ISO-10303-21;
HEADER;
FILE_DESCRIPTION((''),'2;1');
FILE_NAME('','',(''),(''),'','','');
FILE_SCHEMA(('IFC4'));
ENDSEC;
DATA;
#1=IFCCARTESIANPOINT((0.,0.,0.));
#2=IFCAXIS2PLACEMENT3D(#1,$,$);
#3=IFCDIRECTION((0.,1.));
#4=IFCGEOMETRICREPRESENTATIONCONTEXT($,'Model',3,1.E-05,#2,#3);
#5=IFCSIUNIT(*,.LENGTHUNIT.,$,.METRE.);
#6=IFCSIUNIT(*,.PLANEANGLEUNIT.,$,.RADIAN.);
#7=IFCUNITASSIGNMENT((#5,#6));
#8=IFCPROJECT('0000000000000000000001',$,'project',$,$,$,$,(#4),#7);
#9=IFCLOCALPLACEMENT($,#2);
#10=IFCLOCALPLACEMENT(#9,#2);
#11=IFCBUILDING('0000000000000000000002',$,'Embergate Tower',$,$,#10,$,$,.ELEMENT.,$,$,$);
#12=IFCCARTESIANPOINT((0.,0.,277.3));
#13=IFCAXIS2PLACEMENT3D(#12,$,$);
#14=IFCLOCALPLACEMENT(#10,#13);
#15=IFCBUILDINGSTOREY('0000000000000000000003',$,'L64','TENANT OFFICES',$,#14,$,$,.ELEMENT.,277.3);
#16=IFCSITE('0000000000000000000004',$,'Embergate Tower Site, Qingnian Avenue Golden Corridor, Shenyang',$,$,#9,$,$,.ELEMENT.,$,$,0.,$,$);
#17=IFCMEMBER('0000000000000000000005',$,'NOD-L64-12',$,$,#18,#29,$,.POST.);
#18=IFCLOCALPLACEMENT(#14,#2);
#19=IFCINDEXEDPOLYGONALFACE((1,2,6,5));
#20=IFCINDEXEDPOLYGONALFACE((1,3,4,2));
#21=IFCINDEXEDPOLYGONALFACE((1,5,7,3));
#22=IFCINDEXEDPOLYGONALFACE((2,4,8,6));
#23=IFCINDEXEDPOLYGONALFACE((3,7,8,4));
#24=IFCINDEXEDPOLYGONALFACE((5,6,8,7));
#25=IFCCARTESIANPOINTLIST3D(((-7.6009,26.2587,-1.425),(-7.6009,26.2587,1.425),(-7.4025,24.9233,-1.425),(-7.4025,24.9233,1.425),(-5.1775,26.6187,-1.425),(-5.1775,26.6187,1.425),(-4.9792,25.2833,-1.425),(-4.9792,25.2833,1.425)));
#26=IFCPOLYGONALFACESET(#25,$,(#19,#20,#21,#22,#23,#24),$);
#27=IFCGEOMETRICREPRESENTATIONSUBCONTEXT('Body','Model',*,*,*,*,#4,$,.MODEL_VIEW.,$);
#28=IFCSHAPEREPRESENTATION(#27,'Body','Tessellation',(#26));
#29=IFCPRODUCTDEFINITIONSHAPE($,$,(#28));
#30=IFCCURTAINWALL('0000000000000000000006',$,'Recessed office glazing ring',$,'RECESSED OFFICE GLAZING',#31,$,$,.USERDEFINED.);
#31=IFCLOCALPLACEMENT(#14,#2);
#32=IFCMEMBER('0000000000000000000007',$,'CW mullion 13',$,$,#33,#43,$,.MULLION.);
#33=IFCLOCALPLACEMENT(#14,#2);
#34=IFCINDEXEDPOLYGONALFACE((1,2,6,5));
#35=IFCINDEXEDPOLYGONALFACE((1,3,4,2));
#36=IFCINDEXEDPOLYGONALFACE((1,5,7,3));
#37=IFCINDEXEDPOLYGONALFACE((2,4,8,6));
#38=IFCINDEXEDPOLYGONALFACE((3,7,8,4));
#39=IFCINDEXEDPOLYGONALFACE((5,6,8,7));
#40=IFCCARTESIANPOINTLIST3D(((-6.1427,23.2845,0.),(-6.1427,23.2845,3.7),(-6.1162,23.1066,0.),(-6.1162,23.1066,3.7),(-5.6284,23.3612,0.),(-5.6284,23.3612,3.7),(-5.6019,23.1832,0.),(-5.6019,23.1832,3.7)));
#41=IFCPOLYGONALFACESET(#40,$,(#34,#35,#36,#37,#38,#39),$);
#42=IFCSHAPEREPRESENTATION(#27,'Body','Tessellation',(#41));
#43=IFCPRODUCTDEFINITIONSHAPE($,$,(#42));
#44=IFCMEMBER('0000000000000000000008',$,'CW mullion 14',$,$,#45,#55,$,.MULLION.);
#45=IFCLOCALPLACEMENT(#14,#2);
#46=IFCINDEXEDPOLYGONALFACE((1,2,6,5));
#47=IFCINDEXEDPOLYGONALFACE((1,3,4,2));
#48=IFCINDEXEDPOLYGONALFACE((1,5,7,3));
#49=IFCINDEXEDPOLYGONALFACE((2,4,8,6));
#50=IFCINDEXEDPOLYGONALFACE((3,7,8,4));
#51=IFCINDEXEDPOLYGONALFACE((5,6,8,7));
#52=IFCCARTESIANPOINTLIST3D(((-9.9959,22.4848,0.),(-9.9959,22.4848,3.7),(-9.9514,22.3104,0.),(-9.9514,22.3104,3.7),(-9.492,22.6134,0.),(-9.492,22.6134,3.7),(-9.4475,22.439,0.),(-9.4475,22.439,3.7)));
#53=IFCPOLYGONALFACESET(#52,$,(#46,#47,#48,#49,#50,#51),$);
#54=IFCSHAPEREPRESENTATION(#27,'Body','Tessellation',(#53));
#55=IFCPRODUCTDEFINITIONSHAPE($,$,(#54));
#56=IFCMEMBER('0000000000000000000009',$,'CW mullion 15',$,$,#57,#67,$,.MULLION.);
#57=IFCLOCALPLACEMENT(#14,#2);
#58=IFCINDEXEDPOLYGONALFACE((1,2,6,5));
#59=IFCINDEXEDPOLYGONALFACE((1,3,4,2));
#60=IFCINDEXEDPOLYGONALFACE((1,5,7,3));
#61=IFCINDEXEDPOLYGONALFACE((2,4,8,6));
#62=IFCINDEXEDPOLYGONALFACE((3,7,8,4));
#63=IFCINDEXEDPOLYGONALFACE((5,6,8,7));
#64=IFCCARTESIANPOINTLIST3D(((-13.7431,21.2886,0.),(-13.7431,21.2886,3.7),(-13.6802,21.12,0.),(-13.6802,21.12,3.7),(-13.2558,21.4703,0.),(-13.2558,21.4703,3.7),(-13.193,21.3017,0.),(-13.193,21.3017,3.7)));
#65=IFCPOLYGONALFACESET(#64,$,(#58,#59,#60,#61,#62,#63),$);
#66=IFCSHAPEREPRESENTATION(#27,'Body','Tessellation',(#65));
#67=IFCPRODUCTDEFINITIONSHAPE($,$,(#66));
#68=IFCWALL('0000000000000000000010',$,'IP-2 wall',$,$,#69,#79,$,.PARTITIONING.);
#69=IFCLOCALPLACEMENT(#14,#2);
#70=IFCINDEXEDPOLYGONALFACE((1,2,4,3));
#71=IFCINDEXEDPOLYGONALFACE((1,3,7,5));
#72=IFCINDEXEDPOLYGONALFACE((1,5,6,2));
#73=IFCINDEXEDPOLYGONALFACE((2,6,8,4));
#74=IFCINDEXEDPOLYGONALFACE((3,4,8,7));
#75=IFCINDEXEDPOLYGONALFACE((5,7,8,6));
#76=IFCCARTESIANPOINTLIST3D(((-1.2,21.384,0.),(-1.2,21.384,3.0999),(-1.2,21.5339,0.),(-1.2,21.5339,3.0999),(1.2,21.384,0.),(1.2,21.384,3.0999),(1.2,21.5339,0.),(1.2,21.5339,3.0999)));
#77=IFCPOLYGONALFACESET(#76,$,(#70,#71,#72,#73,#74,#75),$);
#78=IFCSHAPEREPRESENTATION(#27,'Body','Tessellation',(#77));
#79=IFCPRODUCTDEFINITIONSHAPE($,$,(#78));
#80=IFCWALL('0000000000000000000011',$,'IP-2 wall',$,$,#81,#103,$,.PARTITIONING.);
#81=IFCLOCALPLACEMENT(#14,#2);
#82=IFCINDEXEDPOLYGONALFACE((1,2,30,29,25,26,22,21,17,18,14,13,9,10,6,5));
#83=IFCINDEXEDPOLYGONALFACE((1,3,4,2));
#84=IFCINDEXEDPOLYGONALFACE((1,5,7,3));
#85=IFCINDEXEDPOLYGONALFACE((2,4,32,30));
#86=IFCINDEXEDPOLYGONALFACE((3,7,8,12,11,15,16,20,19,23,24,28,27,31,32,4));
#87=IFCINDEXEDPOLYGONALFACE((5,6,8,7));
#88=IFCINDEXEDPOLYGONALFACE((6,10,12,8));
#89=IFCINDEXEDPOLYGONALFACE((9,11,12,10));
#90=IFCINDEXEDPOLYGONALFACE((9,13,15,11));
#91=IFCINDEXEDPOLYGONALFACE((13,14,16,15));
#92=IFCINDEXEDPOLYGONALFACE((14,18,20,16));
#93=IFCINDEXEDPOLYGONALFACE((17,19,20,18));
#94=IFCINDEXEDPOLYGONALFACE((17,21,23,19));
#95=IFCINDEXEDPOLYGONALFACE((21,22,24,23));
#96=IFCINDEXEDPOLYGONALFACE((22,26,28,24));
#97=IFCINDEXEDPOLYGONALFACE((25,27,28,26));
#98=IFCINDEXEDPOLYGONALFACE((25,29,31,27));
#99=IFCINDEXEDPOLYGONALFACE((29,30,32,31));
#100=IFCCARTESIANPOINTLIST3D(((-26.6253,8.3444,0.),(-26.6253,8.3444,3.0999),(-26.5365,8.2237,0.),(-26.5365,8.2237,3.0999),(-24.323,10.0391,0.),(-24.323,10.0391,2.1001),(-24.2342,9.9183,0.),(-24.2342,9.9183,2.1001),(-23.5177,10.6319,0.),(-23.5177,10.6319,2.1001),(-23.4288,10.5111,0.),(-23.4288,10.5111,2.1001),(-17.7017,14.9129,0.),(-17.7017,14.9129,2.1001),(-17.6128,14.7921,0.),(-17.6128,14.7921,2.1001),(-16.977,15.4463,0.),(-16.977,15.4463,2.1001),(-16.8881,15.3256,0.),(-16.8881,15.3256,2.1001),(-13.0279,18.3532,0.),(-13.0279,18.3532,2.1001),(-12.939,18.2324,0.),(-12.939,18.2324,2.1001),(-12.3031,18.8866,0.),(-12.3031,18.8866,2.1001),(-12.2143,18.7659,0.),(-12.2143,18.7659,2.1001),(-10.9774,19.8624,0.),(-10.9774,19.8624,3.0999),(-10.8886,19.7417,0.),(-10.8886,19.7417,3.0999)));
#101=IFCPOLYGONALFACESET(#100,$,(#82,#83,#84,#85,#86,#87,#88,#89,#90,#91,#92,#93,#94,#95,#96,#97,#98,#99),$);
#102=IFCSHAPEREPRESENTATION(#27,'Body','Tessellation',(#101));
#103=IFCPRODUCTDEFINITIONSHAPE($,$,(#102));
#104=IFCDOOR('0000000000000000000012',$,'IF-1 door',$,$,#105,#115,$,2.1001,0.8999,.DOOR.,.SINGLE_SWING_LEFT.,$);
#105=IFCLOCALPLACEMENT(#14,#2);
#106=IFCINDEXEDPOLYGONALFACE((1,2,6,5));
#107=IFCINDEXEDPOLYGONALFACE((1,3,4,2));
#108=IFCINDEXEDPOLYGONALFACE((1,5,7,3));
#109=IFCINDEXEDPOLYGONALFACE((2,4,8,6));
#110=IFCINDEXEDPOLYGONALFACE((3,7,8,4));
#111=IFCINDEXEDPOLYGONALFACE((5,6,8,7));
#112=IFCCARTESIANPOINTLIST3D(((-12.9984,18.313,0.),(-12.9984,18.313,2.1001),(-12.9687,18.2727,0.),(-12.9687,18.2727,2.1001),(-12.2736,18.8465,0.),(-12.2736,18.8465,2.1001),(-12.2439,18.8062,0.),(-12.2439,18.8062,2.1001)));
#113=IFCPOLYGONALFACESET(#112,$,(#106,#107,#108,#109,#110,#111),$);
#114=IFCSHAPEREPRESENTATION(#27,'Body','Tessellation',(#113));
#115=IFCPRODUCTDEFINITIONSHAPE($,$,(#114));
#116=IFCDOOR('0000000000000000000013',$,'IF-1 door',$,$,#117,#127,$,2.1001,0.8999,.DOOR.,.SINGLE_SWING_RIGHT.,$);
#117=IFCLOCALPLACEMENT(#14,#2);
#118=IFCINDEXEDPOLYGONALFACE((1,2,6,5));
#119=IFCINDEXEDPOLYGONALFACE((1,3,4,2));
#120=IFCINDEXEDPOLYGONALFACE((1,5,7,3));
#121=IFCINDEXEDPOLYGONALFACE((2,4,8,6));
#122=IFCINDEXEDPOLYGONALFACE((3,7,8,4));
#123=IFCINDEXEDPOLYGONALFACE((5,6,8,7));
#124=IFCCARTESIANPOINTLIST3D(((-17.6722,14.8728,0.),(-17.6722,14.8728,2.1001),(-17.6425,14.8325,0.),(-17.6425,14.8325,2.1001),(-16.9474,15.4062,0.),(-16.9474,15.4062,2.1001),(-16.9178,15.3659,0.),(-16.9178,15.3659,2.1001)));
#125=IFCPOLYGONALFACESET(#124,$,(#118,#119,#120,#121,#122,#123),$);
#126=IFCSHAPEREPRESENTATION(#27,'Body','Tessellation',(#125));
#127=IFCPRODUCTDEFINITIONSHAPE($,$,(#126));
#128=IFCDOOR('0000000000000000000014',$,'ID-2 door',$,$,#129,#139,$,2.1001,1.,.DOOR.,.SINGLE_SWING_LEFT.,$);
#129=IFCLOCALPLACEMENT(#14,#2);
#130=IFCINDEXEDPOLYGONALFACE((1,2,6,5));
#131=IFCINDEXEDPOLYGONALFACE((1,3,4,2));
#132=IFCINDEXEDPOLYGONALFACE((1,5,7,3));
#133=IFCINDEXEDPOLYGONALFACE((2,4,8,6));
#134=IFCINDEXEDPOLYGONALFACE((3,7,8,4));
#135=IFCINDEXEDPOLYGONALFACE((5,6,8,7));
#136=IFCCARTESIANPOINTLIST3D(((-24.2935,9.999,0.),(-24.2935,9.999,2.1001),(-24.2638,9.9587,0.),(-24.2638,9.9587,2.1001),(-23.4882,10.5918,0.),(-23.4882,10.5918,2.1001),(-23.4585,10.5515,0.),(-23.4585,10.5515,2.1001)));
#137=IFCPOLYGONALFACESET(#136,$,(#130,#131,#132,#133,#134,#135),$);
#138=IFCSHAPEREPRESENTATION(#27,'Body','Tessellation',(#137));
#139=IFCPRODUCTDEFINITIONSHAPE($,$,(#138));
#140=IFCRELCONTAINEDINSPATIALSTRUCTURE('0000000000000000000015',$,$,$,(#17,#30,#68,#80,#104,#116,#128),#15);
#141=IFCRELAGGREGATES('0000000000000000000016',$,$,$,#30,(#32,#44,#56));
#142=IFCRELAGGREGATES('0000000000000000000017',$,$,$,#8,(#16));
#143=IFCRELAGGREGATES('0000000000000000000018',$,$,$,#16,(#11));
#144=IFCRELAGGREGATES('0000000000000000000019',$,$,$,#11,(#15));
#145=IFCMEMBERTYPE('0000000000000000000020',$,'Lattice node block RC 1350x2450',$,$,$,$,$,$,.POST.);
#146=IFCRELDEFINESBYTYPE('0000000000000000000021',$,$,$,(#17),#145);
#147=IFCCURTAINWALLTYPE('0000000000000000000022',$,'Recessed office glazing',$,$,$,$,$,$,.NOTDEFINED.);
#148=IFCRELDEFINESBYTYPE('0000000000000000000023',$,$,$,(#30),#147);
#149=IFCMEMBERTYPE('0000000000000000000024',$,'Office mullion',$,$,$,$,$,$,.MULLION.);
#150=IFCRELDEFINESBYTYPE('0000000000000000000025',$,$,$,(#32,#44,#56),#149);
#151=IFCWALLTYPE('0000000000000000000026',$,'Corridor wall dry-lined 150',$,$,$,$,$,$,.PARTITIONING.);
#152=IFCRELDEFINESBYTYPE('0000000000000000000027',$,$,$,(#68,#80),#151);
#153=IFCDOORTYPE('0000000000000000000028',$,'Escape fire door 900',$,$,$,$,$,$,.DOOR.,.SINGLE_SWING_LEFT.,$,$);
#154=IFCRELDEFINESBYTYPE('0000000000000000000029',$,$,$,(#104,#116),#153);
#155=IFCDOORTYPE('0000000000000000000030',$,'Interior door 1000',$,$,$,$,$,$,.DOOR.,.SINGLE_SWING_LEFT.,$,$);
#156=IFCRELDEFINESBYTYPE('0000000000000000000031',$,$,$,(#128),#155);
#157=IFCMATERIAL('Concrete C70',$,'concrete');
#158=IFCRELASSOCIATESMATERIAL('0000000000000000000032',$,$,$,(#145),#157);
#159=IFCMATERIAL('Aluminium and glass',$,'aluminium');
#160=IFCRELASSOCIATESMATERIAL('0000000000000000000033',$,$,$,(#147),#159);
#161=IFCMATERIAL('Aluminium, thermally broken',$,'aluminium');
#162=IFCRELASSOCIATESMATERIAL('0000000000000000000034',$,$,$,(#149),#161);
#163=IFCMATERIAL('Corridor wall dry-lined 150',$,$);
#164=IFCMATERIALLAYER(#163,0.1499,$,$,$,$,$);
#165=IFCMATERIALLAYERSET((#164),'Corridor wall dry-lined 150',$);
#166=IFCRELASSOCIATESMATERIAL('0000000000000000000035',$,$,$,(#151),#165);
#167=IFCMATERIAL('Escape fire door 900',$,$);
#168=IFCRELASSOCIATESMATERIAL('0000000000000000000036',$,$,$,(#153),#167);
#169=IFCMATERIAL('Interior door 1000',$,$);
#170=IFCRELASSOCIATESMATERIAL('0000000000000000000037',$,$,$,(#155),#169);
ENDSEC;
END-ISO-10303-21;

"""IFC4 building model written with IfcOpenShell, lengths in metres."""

from ifc_helpers import new_model, si_unit, direction, frame, frame_2d, origin, origin_2d, place, context, subcontext, project, spatial, rectangle, extrude, source, transform, mapped, material, layer, layer_set, material_profile, profile_set, type_object, element, fill, aggregate, save


model = new_model("IFC4")

# Units and contexts
model_context = context("Model", 3, precision=1e-05, world=origin(), true_north=direction((0.0, 1.0)))
body_context = subcontext(model_context, "Body", "Model", "MODEL_VIEW")
ifc_project = project(units=[si_unit("LENGTHUNIT", "METRE"), si_unit("PLANEANGLEUNIT", "RADIAN")], contexts=[model_context])

# Site, building, storey
site_placement = place(None, origin())
site = spatial("IfcSite", under=ifc_project, at=site_placement, Name="Embergate Tower Site, Qingnian Avenue Golden Corridor, Shenyang", CompositionType="ELEMENT", RefElevation=0.0)
building_placement = place(site_placement, origin())
building = spatial("IfcBuilding", under=site, at=building_placement, Name="Embergate Tower", CompositionType="ELEMENT")
storey_placement = place(building_placement, frame((0.0, 0.0, 277.3)))
storey = spatial("IfcBuildingStorey", under=building, at=storey_placement, Name="L64", Description="TENANT OFFICES", CompositionType="ELEMENT", Elevation=277.3)

# Member
ifc_material_1 = material(Name="Concrete C70", Category="concrete")
ifc_material_profile_1 = material_profile(ifc_material_1, rectangle(XDim=1.3501, YDim=2.45, at=origin_2d()), Name="RC 1350x2450")
ifc_profile_set_1 = profile_set([ifc_material_profile_1], Name="Concrete C70")
member_type_1 = type_object("IfcMemberType", Name="Lattice node block RC 1350x2450", PredefinedType="POST", material=ifc_profile_set_1)
shared_shape_1 = source(origin(), body_context, "Body", "SweptSolid", [
    extrude(rectangle(XDim=1.3501, YDim=2.45, at=origin_2d()), origin(), (0.0, 0.0, 1.0), 2.8501),
])
member_1_placement = place(storey_placement, frame((-6.29, 25.771, -1.425), z_axis=(0.0, 0.0, 1.0), x_axis=(-0.146929, 0.989147, 0.0)))
element("IfcMember", 1, at=member_1_placement, inside=storey, type_object=member_type_1, Name="NOD-L64-12", PredefinedType="POST", context=body_context, shape_type="MappedRepresentation", body=[
    mapped(shared_shape_1, transform((0.0, 0.0, 0.0))),
])

# Curtain wall, members
ifc_material_2 = material(Name="Aluminium and glass", Category="aluminium")
curtain_wall_type = type_object("IfcCurtainWallType", Name="Recessed office glazing", PredefinedType="NOTDEFINED", material=ifc_material_2)
curtain_wall_placement = place(storey_placement, origin())
curtain_wall = element("IfcCurtainWall", 2, at=curtain_wall_placement, inside=storey, type_object=curtain_wall_type, Name="Recessed office glazing ring", ObjectType="RECESSED OFFICE GLAZING", PredefinedType="USERDEFINED")
ifc_material_3 = material(Name="Aluminium, thermally broken", Category="aluminium")
ifc_material_profile_2 = material_profile(ifc_material_3, rectangle(XDim=0.1799, YDim=0.52, at=origin_2d()), Name="AL 520x180")
ifc_profile_set_2 = profile_set([ifc_material_profile_2], Name="Aluminium, thermally broken")
member_type_2 = type_object("IfcMemberType", Name="Office mullion", PredefinedType="MULLION", material=ifc_profile_set_2)
shared_shape_2 = source(origin(), body_context, "Body", "SweptSolid", [
    extrude(rectangle(XDim=0.1799, YDim=0.52, at=origin_2d()), origin(), (0.0, 0.0, 1.0), 3.7),
])
member_2_placement = place(storey_placement, frame((-5.8723, 23.2339, 0.0), z_axis=(0.0, 0.0, 1.0), x_axis=(0.147409, -0.989076, 0.0)))
member_2 = element("IfcMember", 3, at=member_2_placement, type_object=member_type_2, Name="CW mullion 13", PredefinedType="MULLION", context=body_context, shape_type="MappedRepresentation", body=[
    mapped(shared_shape_2, transform((0.0, 0.0, 0.0))),
])
member_3_placement = place(storey_placement, frame((-9.7217, 22.4619, 0.0), z_axis=(0.0, 0.0, 1.0), x_axis=(0.247308, -0.968937, 0.0)))
member_3 = element("IfcMember", 4, at=member_3_placement, type_object=member_type_2, Name="CW mullion 14", PredefinedType="MULLION", context=body_context, shape_type="MappedRepresentation", body=[
    mapped(shared_shape_2, transform((0.0, 0.0, 0.0))),
])
member_4_placement = place(storey_placement, frame((-13.468, 21.2952, 0.0), z_axis=(0.0, 0.0, 1.0), x_axis=(0.349498, -0.936937, 0.0)))
member_4 = element("IfcMember", 5, at=member_4_placement, type_object=member_type_2, Name="CW mullion 15", PredefinedType="MULLION", context=body_context, shape_type="MappedRepresentation", body=[
    mapped(shared_shape_2, transform((0.0, 0.0, 0.0))),
])
aggregate(curtain_wall, [member_2, member_3, member_4])

# Wall
ifc_material_4 = material(Name="Corridor wall dry-lined 150")
ifc_layer_1 = layer(ifc_material_4, 0.1499)
ifc_layer_set_1 = layer_set([ifc_layer_1], Name="Corridor wall dry-lined 150")
wall_type_1 = type_object("IfcWallType", Name="Corridor wall dry-lined 150", PredefinedType="PARTITIONING", material=ifc_layer_set_1)
shared_shape_3 = source(origin(), body_context, "Body", "SweptSolid", [
    extrude(rectangle(XDim=2.3999, YDim=0.1499, at=frame_2d((1.2, 0.0))), origin(), (0.0, 0.0, 1.0), 3.0999),
])
wall_1_placement = place(storey_placement, frame((-1.2, 21.459, 0.0), z_axis=(0.0, 0.0, 1.0), x_axis=(1.0, 0.0, 0.0)))
element("IfcWall", 6, at=wall_1_placement, inside=storey, type_object=wall_type_1, Name="IP-2 wall", PredefinedType="PARTITIONING", context=body_context, shape_type="MappedRepresentation", body=[
    mapped(shared_shape_3, transform((0.0, 0.0, 0.0))),
])

# Wall, openings, doors
shared_shape_4 = source(origin(), body_context, "Body", "SweptSolid", [
    extrude(rectangle(XDim=19.4299, YDim=0.1499, at=frame_2d((9.7148, 0.0))), origin(), (0.0, 0.0, 1.0), 3.0999),
])
wall_2_placement = place(storey_placement, frame((-10.9331, 19.802, 0.0), z_axis=(0.0, 0.0, 1.0), x_axis=(-0.805351, -0.592799, 0.0)))
wall_2 = element("IfcWall", 7, at=wall_2_placement, inside=storey, type_object=wall_type_1, Name="IP-2 wall", PredefinedType="PARTITIONING", context=body_context, shape_type="MappedRepresentation", body=[
    mapped(shared_shape_4, transform((0.0, 0.0, 0.0))),
])
shared_shape_5 = source(origin(), body_context, "Body", "SweptSolid", [
    extrude(rectangle(XDim=0.8999, YDim=2.1001, at=frame_2d((0.45, 1.05))), frame((0.0, 0.085, 0.0), z_axis=(0.0, -1.0, 0.0), x_axis=(1.0, 0.0, 0.0)), (0.0, 0.0, 1.0), 0.1699),
])
opening_1_placement = place(wall_2_placement, frame((1.646, 0.0, 0.0)))
opening_1 = element("IfcOpeningElement", 8, at=opening_1_placement, cuts=wall_2, PredefinedType="OPENING", context=body_context, shape_type="MappedRepresentation", body=[
    mapped(shared_shape_5, transform((0.0, 0.0, 0.0))),
])
opening_2_placement = place(wall_2_placement, frame((7.4495, 0.0, 0.0)))
opening_2 = element("IfcOpeningElement", 9, at=opening_2_placement, cuts=wall_2, PredefinedType="OPENING", context=body_context, shape_type="MappedRepresentation", body=[
    mapped(shared_shape_5, transform((0.0, 0.0, 0.0))),
])
shared_shape_6 = source(origin(), body_context, "Body", "SweptSolid", [
    extrude(rectangle(XDim=1.0, YDim=2.1001, at=frame_2d((0.5, 1.05))), frame((0.0, 0.085, 0.0), z_axis=(0.0, -1.0, 0.0), x_axis=(1.0, 0.0, 0.0)), (0.0, 0.0, 1.0), 0.1699),
])
opening_3_placement = place(wall_2_placement, frame((15.571, 0.0, 0.0)))
opening_3 = element("IfcOpeningElement", 10, at=opening_3_placement, cuts=wall_2, PredefinedType="OPENING", context=body_context, shape_type="MappedRepresentation", body=[
    mapped(shared_shape_6, transform((0.0, 0.0, 0.0))),
])
ifc_material_5 = material(Name="Escape fire door 900")
door_type_1 = type_object("IfcDoorType", Name="Escape fire door 900", OperationType="SINGLE_SWING_LEFT", PredefinedType="DOOR", material=ifc_material_5)
shared_shape_7 = source(origin(), body_context, "Body", "SweptSolid", [
    extrude(rectangle(XDim=0.8999, YDim=2.1001, at=frame_2d((0.45, 1.05))), frame((0.0, 0.0249, 0.0), z_axis=(0.0, -1.0, 0.0), x_axis=(1.0, 0.0, 0.0)), (0.0, 0.0, 1.0), 0.05),
])
door_1_placement = place(opening_1_placement, origin())
door_1 = element("IfcDoor", 11, at=door_1_placement, inside=storey, type_object=door_type_1, Name="IF-1 door", OperationType="SINGLE_SWING_LEFT", OverallHeight=2.1001, OverallWidth=0.8999, PredefinedType="DOOR", context=body_context, shape_type="MappedRepresentation", body=[
    mapped(shared_shape_7, transform((0.0, 0.0, 0.0))),
])
fill(opening_1, door_1)
door_2_placement = place(opening_2_placement, origin())
door_2 = element("IfcDoor", 12, at=door_2_placement, inside=storey, type_object=door_type_1, Name="IF-1 door", OperationType="SINGLE_SWING_RIGHT", OverallHeight=2.1001, OverallWidth=0.8999, PredefinedType="DOOR", context=body_context, shape_type="MappedRepresentation", body=[
    mapped(shared_shape_7, transform((0.0, 0.0, 0.0))),
])
fill(opening_2, door_2)
ifc_material_6 = material(Name="Interior door 1000")
door_type_2 = type_object("IfcDoorType", Name="Interior door 1000", OperationType="SINGLE_SWING_LEFT", PredefinedType="DOOR", material=ifc_material_6)
shared_shape_8 = source(origin(), body_context, "Body", "SweptSolid", [
    extrude(rectangle(XDim=1.0, YDim=2.1001, at=frame_2d((0.5, 1.05))), frame((0.0, 0.0249, 0.0), z_axis=(0.0, -1.0, 0.0), x_axis=(1.0, 0.0, 0.0)), (0.0, 0.0, 1.0), 0.05),
])
door_3_placement = place(opening_3_placement, origin())
door_3 = element("IfcDoor", 13, at=door_3_placement, inside=storey, type_object=door_type_2, Name="ID-2 door", OperationType="SINGLE_SWING_LEFT", OverallHeight=2.1001, OverallWidth=1.0, PredefinedType="DOOR", context=body_context, shape_type="MappedRepresentation", body=[
    mapped(shared_shape_8, transform((0.0, 0.0, 0.0))),
])
fill(opening_3, door_3)

save(model, "model.ifc")
